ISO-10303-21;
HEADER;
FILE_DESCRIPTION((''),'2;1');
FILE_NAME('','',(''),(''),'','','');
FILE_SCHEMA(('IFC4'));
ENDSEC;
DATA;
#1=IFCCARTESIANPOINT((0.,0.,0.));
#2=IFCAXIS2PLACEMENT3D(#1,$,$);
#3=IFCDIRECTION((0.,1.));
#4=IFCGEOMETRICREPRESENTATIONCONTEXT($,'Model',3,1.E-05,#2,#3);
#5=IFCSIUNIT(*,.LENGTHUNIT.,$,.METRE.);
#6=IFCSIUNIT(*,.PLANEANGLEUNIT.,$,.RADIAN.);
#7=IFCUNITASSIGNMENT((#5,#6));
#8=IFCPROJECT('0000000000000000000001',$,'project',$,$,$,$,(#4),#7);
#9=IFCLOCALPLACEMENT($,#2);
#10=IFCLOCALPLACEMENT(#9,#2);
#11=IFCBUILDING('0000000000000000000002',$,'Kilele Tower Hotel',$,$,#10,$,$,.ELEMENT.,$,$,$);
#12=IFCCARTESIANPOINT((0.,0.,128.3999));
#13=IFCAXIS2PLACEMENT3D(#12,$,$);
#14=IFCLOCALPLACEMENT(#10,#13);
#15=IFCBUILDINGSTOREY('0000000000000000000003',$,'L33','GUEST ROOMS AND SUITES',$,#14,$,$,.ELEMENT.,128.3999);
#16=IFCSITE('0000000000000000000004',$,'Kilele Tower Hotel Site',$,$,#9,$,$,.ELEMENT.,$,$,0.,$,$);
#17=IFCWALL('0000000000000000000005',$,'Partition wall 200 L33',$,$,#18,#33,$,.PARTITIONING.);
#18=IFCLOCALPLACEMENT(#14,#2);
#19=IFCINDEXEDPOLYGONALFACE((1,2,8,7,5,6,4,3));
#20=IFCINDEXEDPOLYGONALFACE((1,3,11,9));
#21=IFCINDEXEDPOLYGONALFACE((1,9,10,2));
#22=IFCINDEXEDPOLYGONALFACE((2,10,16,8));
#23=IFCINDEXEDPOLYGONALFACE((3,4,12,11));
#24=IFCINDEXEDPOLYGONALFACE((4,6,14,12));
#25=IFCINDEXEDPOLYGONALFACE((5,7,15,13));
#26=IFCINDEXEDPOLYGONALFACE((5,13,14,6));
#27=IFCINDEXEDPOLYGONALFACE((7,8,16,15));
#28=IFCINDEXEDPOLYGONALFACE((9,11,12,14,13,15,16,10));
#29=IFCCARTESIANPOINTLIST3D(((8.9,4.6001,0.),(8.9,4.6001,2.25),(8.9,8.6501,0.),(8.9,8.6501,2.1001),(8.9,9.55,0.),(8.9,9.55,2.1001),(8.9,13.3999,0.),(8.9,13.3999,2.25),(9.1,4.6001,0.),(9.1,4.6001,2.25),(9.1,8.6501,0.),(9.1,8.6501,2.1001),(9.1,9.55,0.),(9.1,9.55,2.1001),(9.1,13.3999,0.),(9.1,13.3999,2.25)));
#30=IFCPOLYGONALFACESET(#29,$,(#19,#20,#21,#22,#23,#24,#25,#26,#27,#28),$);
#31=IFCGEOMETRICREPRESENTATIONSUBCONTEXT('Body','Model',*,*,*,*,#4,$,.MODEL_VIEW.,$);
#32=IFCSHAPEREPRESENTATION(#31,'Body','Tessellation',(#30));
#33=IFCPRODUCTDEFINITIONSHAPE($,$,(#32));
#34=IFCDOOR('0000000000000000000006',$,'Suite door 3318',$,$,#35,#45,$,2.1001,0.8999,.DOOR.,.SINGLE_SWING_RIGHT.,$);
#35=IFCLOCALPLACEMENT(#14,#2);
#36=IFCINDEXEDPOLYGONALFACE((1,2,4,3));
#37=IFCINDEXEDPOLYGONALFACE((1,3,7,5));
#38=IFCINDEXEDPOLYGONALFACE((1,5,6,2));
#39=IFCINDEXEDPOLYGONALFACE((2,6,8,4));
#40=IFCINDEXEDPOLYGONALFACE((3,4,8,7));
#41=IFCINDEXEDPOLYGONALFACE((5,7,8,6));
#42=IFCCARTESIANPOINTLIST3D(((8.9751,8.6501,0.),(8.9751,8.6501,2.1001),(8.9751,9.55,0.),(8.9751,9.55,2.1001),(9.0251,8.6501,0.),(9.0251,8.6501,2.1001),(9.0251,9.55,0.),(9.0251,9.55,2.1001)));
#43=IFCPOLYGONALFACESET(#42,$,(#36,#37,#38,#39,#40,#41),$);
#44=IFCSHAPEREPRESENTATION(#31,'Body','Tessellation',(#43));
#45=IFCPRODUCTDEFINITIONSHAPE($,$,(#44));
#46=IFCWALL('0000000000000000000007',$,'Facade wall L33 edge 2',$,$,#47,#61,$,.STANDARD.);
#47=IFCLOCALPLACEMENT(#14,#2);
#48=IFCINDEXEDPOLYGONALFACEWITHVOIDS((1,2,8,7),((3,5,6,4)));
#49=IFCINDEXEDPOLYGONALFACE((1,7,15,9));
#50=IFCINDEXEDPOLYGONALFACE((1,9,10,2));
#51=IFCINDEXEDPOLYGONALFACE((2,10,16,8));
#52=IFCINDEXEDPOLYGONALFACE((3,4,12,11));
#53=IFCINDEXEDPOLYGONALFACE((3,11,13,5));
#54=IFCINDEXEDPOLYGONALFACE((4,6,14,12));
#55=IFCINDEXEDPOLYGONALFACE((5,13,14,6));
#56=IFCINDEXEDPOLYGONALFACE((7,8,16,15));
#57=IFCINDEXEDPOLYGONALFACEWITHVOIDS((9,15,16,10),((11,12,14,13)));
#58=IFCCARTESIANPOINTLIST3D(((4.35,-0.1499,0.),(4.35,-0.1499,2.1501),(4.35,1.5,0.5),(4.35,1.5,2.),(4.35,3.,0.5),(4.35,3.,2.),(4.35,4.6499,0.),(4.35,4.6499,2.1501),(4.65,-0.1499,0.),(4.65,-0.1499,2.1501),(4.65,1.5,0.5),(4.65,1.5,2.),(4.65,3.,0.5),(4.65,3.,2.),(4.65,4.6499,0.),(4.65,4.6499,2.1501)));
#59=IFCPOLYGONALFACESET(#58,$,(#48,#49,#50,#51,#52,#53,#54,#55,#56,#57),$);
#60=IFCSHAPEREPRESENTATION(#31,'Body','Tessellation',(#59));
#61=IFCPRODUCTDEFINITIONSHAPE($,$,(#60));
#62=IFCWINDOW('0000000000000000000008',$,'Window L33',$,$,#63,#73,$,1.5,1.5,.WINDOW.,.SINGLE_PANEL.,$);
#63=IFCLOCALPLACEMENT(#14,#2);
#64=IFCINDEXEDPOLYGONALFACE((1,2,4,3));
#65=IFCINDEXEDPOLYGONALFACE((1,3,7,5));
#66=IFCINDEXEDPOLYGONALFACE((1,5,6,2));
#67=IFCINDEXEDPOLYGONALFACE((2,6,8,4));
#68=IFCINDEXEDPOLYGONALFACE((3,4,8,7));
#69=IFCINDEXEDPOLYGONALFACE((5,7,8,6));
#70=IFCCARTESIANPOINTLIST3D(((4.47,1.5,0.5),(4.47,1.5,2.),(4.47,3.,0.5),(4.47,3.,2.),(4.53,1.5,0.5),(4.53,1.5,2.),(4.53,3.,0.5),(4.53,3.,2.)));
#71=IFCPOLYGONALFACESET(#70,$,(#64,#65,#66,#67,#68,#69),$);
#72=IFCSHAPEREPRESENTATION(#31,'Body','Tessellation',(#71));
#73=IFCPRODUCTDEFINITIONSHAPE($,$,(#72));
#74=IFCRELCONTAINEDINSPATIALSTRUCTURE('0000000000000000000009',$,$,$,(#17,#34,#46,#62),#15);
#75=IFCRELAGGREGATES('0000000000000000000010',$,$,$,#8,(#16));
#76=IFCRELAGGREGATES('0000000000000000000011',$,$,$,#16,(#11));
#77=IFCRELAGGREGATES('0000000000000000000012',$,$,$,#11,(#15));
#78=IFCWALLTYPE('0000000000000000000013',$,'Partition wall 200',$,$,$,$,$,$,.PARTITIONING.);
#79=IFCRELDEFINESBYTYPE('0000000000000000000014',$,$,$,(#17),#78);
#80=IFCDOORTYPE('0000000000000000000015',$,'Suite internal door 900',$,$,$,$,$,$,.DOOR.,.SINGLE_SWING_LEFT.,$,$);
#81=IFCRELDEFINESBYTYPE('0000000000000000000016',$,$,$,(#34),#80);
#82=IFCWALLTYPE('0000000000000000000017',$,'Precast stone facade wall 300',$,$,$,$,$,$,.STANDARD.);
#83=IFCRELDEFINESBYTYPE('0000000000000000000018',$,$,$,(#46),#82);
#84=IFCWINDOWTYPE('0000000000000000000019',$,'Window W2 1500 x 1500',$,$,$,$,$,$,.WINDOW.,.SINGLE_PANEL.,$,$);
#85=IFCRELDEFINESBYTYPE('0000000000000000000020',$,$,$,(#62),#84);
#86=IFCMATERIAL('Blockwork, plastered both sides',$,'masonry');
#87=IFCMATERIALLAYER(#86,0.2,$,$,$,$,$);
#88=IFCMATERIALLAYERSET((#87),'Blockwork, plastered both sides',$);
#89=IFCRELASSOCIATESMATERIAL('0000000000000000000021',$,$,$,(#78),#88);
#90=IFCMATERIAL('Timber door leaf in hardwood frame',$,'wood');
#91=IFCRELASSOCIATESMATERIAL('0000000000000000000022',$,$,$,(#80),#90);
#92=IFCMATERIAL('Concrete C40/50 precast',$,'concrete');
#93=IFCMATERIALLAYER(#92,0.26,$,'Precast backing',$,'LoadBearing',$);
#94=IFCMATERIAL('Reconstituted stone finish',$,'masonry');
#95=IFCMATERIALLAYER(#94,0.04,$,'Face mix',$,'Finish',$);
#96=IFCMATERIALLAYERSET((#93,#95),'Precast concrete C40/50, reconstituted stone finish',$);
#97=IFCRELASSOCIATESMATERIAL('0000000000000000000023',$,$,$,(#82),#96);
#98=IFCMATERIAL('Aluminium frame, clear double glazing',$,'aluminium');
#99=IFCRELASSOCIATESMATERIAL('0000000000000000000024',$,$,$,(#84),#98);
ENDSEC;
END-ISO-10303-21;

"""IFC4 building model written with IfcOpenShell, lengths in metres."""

from ifc_helpers import new_model, si_unit, direction, frame, frame_2d, origin, place, context, subcontext, project, spatial, rectangle, extrude, material, layer, layer_set, type_object, element, fill, save


model = new_model("IFC4")

# Units and contexts
model_context = context("Model", 3, precision=1e-05, world=origin(), true_north=direction((0.0, 1.0)))
body_context = subcontext(model_context, "Body", "Model", "MODEL_VIEW")
ifc_project = project(units=[si_unit("LENGTHUNIT", "METRE"), si_unit("PLANEANGLEUNIT", "RADIAN")], contexts=[model_context])

# Site, building, storey
site_placement = place(None, origin())
site = spatial("IfcSite", under=ifc_project, at=site_placement, Name="Kilele Tower Hotel Site", CompositionType="ELEMENT", RefElevation=0.0)
building_placement = place(site_placement, origin())
building = spatial("IfcBuilding", under=site, at=building_placement, Name="Kilele Tower Hotel", CompositionType="ELEMENT")
storey_placement = place(building_placement, frame((0.0, 0.0, 128.3999)))
storey = spatial("IfcBuildingStorey", under=building, at=storey_placement, Name="L33", Description="GUEST ROOMS AND SUITES", CompositionType="ELEMENT", Elevation=128.3999)

# Wall, opening, door
ifc_material_1 = material(Name="Blockwork, plastered both sides", Category="masonry")
ifc_layer_1 = layer(ifc_material_1, 0.2)
ifc_layer_set_1 = layer_set([ifc_layer_1], Name="Blockwork, plastered both sides")
wall_type_1 = type_object("IfcWallType", Name="Partition wall 200", PredefinedType="PARTITIONING", material=ifc_layer_set_1)
wall_1_placement = place(storey_placement, frame((9.0, 4.6001, 0.0), z_axis=(0.0, 0.0, 1.0), x_axis=(0.0, 1.0, 0.0)))
wall_1 = element("IfcWall", 1, at=wall_1_placement, inside=storey, type_object=wall_type_1, Name="Partition wall 200 L33", PredefinedType="PARTITIONING", context=body_context, shape_type="SweptSolid", body=[
    extrude(rectangle(XDim=8.7998, YDim=0.2, at=frame_2d((4.3999, 0.0))), origin(), (0.0, 0.0, 1.0), 2.25),
])
opening_1_placement = place(wall_1_placement, frame((4.05, 0.0, 0.0)))
opening_1 = element("IfcOpeningElement", 2, at=opening_1_placement, cuts=wall_1, PredefinedType="OPENING", context=body_context, shape_type="SweptSolid", body=[
    extrude(rectangle(XDim=0.8999, YDim=2.1001, at=frame_2d((0.45, 1.05))), frame((0.0, 0.1099, 0.0), z_axis=(0.0, -1.0, 0.0), x_axis=(1.0, 0.0, 0.0)), (0.0, 0.0, 1.0), 0.22),
])
ifc_material_2 = material(Name="Timber door leaf in hardwood frame", Category="wood")
door_type = type_object("IfcDoorType", Name="Suite internal door 900", OperationType="SINGLE_SWING_LEFT", PredefinedType="DOOR", material=ifc_material_2)
door_placement = place(opening_1_placement, origin())
door = element("IfcDoor", 3, at=door_placement, inside=storey, type_object=door_type, Name="Suite door 3318", OperationType="SINGLE_SWING_RIGHT", OverallHeight=2.1001, OverallWidth=0.8999, PredefinedType="DOOR", context=body_context, shape_type="SweptSolid", body=[
    extrude(rectangle(XDim=0.8999, YDim=2.1001, at=frame_2d((0.45, 1.05))), frame((0.0, 0.0249, 0.0), z_axis=(0.0, -1.0, 0.0), x_axis=(1.0, 0.0, 0.0)), (0.0, 0.0, 1.0), 0.05),
])
fill(opening_1, door)

# Wall, opening, window
ifc_material_3 = material(Name="Concrete C40/50 precast", Category="concrete")
ifc_layer_2 = layer(ifc_material_3, 0.26, Name="Precast backing", Category="LoadBearing")
ifc_material_4 = material(Name="Reconstituted stone finish", Category="masonry")
ifc_layer_3 = layer(ifc_material_4, 0.04, Name="Face mix", Category="Finish")
ifc_layer_set_2 = layer_set([ifc_layer_2, ifc_layer_3], Name="Precast concrete C40/50, reconstituted stone finish")
wall_type_2 = type_object("IfcWallType", Name="Precast stone facade wall 300", PredefinedType="STANDARD", material=ifc_layer_set_2)
wall_2_placement = place(storey_placement, frame((4.5, 4.6499, 0.0), z_axis=(0.0, 0.0, 1.0), x_axis=(0.0, -1.0, 0.0)))
wall_2 = element("IfcWall", 4, at=wall_2_placement, inside=storey, type_object=wall_type_2, Name="Facade wall L33 edge 2", PredefinedType="STANDARD", context=body_context, shape_type="SweptSolid", body=[
    extrude(rectangle(XDim=4.7998, YDim=0.3, at=frame_2d((2.3999, 0.0))), origin(), (0.0, 0.0, 1.0), 2.1501),
])
opening_2_placement = place(wall_2_placement, frame((1.6499, 0.0, 0.5)))
opening_2 = element("IfcOpeningElement", 5, at=opening_2_placement, cuts=wall_2, PredefinedType="OPENING", context=body_context, shape_type="SweptSolid", body=[
    extrude(rectangle(XDim=1.5, YDim=1.5, at=frame_2d((0.75, 0.75))), frame((0.0, 0.1599, 0.0), z_axis=(0.0, -1.0, 0.0), x_axis=(1.0, 0.0, 0.0)), (0.0, 0.0, 1.0), 0.3201),
])
ifc_material_5 = material(Name="Aluminium frame, clear double glazing", Category="aluminium")
window_type = type_object("IfcWindowType", Name="Window W2 1500 x 1500", PartitioningType="SINGLE_PANEL", PredefinedType="WINDOW", material=ifc_material_5)
window_placement = place(opening_2_placement, origin())
window = element("IfcWindow", 6, at=window_placement, inside=storey, type_object=window_type, Name="Window L33", OverallHeight=1.5, OverallWidth=1.5, PartitioningType="SINGLE_PANEL", PredefinedType="WINDOW", context=body_context, shape_type="SweptSolid", body=[
    extrude(rectangle(XDim=1.5, YDim=1.5, at=frame_2d((0.75, 0.75))), frame((0.0, 0.03, 0.0), z_axis=(0.0, -1.0, 0.0), x_axis=(1.0, 0.0, 0.0)), (0.0, 0.0, 1.0), 0.0601),
])
fill(opening_2, window)

save(model, "model.ifc")
